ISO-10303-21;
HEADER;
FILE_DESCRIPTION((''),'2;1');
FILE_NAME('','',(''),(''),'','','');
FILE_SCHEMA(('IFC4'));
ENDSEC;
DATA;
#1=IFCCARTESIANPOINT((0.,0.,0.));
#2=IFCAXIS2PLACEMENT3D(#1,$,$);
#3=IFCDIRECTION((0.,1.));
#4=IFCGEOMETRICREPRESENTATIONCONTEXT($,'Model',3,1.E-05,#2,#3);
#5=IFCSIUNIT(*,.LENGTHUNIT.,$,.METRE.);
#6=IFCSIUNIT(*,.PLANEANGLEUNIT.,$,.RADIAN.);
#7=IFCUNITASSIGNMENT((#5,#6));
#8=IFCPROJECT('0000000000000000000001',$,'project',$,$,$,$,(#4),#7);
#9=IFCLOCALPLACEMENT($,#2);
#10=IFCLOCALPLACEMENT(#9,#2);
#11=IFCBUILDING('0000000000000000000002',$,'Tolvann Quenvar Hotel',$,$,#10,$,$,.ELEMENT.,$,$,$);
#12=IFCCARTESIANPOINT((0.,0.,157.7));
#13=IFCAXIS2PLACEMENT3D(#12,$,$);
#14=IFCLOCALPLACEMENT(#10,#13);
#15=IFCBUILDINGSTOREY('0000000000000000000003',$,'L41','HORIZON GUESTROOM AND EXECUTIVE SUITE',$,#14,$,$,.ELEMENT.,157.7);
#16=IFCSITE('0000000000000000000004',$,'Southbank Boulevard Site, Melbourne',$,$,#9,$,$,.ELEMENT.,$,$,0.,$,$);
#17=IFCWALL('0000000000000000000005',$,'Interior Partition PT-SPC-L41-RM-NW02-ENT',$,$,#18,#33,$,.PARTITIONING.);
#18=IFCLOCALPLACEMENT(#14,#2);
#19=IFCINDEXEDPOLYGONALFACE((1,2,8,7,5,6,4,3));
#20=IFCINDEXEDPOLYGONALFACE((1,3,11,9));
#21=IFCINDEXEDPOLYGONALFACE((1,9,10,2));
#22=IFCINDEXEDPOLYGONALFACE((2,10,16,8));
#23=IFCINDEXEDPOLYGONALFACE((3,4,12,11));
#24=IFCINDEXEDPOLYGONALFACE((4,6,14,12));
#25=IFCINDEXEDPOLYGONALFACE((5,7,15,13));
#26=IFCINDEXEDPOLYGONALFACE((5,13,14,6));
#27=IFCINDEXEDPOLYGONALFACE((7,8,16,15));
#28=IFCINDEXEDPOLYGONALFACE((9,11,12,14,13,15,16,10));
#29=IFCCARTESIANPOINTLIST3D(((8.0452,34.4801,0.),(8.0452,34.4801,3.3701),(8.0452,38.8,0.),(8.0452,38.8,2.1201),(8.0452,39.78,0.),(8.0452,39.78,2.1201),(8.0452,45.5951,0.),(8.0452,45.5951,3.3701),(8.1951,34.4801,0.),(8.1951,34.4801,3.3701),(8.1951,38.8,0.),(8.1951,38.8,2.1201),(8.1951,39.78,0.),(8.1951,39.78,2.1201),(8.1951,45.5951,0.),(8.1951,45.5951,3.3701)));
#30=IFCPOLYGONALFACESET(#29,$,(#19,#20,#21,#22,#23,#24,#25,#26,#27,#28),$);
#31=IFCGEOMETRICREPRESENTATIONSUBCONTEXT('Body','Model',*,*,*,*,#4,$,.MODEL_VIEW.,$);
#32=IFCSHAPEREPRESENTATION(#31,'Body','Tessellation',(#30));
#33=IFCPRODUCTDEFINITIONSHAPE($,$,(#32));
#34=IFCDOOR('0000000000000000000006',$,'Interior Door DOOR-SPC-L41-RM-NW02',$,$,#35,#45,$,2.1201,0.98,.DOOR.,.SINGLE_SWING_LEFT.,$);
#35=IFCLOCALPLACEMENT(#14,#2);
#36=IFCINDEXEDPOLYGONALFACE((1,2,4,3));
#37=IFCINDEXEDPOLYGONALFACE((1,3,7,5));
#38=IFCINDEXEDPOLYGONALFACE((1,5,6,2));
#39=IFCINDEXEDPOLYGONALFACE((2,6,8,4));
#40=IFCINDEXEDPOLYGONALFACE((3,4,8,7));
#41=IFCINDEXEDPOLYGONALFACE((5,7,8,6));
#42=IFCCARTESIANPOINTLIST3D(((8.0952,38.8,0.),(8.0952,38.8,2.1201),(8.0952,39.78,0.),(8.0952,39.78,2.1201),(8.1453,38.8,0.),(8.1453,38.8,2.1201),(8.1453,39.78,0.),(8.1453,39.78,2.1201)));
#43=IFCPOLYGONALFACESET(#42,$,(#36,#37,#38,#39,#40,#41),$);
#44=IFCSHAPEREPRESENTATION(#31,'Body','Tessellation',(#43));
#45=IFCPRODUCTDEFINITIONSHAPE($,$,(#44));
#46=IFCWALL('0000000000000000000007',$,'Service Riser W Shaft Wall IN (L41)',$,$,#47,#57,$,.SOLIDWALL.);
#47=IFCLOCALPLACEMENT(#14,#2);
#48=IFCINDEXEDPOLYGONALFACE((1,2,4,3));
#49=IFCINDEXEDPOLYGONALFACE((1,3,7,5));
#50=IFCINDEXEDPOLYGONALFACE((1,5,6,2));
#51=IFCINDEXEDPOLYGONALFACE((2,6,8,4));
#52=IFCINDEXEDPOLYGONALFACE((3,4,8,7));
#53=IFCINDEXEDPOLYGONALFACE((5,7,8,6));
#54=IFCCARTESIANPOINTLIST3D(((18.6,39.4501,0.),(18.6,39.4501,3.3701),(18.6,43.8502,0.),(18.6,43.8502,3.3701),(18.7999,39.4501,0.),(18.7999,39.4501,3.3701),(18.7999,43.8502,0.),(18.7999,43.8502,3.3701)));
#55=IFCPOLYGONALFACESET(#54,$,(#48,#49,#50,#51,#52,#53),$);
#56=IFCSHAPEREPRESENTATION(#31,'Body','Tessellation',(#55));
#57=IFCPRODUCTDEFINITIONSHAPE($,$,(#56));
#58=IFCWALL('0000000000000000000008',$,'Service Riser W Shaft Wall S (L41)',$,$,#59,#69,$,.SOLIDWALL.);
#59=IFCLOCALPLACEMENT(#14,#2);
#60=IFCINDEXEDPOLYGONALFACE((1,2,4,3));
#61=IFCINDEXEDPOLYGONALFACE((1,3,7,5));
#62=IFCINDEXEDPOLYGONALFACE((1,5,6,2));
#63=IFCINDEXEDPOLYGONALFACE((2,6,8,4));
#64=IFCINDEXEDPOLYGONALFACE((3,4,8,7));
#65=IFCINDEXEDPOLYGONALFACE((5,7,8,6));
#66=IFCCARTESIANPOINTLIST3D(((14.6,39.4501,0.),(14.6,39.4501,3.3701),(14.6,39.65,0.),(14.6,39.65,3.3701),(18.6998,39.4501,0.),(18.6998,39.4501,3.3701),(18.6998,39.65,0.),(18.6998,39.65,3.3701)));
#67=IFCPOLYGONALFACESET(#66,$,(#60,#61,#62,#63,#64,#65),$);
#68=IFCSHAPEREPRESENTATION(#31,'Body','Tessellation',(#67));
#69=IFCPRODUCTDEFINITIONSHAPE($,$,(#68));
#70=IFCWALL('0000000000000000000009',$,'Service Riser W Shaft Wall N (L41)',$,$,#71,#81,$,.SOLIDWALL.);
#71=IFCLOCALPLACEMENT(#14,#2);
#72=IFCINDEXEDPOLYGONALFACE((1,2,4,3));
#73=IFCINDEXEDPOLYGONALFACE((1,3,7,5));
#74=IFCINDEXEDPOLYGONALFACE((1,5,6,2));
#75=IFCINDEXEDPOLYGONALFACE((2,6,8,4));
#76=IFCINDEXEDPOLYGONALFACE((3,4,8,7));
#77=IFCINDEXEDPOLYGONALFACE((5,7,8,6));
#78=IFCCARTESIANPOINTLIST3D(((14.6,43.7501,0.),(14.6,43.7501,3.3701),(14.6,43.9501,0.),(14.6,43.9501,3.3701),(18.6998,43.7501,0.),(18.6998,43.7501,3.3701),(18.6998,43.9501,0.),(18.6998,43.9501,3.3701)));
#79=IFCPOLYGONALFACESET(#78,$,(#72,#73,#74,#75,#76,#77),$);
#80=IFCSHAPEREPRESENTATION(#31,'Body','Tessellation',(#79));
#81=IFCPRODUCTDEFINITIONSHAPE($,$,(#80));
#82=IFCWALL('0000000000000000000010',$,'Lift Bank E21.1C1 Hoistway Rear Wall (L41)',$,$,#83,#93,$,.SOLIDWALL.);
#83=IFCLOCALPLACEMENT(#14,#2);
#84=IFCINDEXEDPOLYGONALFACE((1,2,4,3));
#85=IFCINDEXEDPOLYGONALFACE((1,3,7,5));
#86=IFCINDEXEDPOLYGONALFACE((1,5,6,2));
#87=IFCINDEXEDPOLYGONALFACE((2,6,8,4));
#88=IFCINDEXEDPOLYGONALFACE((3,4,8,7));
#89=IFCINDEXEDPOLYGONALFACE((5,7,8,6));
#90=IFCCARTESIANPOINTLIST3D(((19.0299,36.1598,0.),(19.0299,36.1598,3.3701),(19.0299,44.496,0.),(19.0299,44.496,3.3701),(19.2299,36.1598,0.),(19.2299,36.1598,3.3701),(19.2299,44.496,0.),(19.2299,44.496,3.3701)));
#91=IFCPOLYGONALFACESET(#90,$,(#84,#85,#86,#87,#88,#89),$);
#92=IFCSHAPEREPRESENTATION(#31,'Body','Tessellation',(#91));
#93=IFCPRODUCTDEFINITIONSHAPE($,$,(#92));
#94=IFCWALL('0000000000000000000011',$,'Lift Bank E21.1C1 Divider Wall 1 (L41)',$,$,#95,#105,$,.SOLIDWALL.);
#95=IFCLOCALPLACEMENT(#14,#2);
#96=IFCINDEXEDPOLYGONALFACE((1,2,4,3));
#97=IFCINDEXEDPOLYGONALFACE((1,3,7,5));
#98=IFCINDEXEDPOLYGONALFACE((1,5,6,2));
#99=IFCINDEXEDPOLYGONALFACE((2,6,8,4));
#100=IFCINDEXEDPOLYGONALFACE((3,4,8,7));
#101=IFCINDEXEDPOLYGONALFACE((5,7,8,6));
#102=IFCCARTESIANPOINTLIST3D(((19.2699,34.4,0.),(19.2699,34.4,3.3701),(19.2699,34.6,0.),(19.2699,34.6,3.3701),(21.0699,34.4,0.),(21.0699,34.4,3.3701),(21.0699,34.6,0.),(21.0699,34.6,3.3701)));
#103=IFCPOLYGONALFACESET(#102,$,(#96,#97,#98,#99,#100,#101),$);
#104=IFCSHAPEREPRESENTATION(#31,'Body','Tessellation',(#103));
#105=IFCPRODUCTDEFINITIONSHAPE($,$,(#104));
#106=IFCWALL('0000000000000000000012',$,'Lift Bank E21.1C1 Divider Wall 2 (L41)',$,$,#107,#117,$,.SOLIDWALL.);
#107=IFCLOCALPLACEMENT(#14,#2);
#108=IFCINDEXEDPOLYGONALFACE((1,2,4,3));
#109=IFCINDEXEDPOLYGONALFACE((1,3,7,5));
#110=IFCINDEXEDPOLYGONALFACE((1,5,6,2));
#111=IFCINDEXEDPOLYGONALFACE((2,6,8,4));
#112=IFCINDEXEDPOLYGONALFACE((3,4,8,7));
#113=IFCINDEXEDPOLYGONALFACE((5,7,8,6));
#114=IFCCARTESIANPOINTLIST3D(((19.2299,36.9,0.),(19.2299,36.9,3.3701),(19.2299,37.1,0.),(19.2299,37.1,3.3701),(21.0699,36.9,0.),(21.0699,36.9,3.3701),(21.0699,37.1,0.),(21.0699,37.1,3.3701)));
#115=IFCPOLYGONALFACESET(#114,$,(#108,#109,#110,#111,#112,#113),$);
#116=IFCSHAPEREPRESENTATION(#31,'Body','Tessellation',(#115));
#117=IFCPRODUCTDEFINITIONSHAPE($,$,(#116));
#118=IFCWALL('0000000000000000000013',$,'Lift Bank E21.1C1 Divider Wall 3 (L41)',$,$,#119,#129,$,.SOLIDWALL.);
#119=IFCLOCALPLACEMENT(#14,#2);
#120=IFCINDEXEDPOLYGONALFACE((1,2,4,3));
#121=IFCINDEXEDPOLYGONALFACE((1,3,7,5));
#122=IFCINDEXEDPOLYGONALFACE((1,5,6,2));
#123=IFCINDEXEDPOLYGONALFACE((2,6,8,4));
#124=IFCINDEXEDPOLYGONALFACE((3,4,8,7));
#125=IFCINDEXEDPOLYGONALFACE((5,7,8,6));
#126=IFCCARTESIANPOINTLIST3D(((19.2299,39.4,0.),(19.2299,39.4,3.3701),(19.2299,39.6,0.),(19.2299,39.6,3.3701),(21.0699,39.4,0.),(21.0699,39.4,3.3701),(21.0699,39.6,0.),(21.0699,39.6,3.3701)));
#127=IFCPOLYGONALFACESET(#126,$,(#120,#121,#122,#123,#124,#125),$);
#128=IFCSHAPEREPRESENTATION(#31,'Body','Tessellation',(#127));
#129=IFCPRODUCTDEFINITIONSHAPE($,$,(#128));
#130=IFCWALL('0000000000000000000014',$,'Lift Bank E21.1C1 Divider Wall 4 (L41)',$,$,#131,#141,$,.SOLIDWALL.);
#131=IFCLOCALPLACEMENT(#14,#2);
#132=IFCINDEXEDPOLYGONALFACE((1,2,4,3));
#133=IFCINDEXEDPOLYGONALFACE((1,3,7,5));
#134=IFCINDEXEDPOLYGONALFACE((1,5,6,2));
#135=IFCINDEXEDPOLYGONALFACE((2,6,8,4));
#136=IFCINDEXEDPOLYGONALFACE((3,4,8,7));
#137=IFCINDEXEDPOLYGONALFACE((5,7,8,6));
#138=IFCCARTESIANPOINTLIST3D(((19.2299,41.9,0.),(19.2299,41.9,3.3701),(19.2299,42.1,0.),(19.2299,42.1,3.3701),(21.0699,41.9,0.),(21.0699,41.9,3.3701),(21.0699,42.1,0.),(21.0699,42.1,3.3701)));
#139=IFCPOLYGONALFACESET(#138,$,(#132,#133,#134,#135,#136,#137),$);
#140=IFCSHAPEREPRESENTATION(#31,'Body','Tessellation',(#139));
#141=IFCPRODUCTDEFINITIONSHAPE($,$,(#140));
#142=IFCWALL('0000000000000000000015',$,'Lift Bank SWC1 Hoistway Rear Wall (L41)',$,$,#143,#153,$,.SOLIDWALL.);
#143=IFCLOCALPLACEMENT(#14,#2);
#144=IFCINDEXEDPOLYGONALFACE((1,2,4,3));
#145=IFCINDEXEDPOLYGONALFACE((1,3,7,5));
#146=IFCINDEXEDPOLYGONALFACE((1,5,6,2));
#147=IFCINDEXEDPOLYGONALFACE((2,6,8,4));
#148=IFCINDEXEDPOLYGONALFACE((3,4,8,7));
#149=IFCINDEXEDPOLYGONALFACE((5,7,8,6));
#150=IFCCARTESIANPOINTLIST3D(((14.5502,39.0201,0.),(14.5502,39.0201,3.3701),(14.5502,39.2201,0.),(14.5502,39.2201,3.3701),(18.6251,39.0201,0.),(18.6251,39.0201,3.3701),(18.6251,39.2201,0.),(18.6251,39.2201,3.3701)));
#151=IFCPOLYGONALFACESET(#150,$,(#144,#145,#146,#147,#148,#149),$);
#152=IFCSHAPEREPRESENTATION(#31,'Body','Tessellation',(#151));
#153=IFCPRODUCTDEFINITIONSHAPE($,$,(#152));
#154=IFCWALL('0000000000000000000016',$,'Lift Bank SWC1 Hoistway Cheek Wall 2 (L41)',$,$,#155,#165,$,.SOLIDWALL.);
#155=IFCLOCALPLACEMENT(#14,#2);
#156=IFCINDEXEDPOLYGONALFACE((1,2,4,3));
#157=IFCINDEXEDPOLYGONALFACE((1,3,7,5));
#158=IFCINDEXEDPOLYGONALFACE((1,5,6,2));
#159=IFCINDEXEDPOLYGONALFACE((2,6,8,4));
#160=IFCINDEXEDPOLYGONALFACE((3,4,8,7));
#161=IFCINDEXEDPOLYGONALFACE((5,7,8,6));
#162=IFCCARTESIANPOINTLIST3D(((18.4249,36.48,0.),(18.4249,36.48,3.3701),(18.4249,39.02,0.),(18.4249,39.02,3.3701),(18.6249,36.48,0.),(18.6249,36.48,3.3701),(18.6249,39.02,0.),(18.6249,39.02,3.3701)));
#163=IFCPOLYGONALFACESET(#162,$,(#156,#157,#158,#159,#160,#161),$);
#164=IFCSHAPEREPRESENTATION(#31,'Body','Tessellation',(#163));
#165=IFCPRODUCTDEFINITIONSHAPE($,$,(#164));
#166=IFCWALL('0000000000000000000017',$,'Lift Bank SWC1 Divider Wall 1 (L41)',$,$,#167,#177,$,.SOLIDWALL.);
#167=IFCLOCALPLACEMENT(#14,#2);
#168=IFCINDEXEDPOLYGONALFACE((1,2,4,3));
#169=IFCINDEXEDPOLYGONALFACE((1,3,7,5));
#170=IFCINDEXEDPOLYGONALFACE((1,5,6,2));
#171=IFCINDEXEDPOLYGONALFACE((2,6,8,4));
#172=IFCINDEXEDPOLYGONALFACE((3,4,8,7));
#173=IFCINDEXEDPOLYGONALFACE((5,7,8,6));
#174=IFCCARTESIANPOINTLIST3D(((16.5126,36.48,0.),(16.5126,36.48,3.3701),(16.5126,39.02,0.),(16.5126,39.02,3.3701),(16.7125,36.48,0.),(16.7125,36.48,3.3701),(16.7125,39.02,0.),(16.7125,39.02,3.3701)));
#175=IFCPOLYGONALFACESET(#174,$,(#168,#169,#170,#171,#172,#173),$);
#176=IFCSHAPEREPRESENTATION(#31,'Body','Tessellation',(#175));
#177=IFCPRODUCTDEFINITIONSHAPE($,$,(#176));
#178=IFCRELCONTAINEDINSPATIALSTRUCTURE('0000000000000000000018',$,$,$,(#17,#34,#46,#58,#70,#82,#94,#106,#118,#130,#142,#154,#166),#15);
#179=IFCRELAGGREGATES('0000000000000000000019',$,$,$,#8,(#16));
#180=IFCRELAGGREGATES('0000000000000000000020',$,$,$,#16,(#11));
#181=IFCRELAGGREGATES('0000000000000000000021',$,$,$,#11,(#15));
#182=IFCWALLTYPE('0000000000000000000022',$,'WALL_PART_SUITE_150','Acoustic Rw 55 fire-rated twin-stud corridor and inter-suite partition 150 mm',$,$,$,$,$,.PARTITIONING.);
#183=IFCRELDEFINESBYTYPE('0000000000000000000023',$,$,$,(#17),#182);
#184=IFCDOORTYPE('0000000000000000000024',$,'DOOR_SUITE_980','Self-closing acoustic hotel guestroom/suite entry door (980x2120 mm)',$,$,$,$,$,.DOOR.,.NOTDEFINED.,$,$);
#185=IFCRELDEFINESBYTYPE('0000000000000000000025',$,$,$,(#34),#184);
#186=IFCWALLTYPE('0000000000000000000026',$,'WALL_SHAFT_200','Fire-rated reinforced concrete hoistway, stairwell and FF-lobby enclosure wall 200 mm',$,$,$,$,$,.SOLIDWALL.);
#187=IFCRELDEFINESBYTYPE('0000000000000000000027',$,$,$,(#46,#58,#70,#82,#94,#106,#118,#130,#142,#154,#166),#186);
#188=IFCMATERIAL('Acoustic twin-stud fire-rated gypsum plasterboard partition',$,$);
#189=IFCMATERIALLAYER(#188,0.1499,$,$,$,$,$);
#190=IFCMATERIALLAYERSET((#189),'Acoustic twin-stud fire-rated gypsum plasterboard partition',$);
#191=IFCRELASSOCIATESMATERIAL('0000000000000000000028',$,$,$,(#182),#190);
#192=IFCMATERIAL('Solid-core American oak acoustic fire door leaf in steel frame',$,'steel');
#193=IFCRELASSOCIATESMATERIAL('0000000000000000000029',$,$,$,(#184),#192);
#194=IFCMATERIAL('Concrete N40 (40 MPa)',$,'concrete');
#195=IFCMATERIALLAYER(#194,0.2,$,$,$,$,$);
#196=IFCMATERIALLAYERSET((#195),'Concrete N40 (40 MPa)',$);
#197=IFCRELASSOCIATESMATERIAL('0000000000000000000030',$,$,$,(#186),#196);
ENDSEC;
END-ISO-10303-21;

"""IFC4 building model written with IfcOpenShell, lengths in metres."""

from ifc_helpers import new_model, si_unit, direction, frame, frame_2d, origin, place, context, subcontext, project, spatial, rectangle, extrude, source, transform, mapped, material, layer, layer_set, type_object, type_shapes, element, fill, save


model = new_model("IFC4")

# Units and contexts
model_context = context("Model", 3, precision=1e-05, world=origin(), true_north=direction((0.0, 1.0)))
body_context = subcontext(model_context, "Body", "Model", "MODEL_VIEW")
ifc_project = project(units=[si_unit("LENGTHUNIT", "METRE"), si_unit("PLANEANGLEUNIT", "RADIAN")], contexts=[model_context])

# Site, building, storey
site_placement = place(None, origin())
site = spatial("IfcSite", under=ifc_project, at=site_placement, Name="Southbank Boulevard Site, Melbourne", CompositionType="ELEMENT", RefElevation=0.0)
building_placement = place(site_placement, origin())
building = spatial("IfcBuilding", under=site, at=building_placement, Name="Tolvann Quenvar Hotel", CompositionType="ELEMENT")
storey_placement = place(building_placement, frame((0.0, 0.0, 157.7)))
storey = spatial("IfcBuildingStorey", under=building, at=storey_placement, Name="L41", Description="HORIZON GUESTROOM AND EXECUTIVE SUITE", CompositionType="ELEMENT", Elevation=157.7)

# Shared definitions
ifc_material_1 = material(Name="Acoustic twin-stud fire-rated gypsum plasterboard partition")
ifc_layer_1 = layer(ifc_material_1, 0.1499)
ifc_layer_set_1 = layer_set([ifc_layer_1], Name="Acoustic twin-stud fire-rated gypsum plasterboard partition")
wall_type_1 = type_object("IfcWallType", Name="WALL_PART_SUITE_150", Description="Acoustic Rw 55 fire-rated twin-stud corridor and inter-suite partition 150 mm", PredefinedType="PARTITIONING", material=ifc_layer_set_1)

# Wall, opening, door
wall_1_placement = place(storey_placement, frame((8.1201, 34.48, 0.0), z_axis=(0.0, 0.0, 1.0), x_axis=(0.0, 1.0, 0.0)))
wall_1 = element("IfcWall", 1, at=wall_1_placement, inside=storey, type_object=wall_type_1, Name="Interior Partition PT-SPC-L41-RM-NW02-ENT", PredefinedType="PARTITIONING", context=body_context, shape_type="SweptSolid", body=[
    extrude(rectangle(XDim=11.115, YDim=0.1499, at=frame_2d((5.5576, 0.0))), origin(), (0.0, 0.0, 1.0), 3.3701),
])
opening_1_placement = place(wall_1_placement, frame((4.3201, 0.0, 0.0)))
opening_1 = element("IfcOpeningElement", 2, at=opening_1_placement, cuts=wall_1, PredefinedType="OPENING", context=body_context, shape_type="SweptSolid", body=[
    extrude(rectangle(XDim=0.98, YDim=2.1201, at=frame_2d((0.49, 1.0601))), frame((0.0, 0.085, 0.0), z_axis=(0.0, -1.0, 0.0), x_axis=(1.0, 0.0, 0.0)), (0.0, 0.0, 1.0), 0.1699),
])
ifc_material_2 = material(Name="Solid-core American oak acoustic fire door leaf in steel frame", Category="steel")
door_type_1 = type_object("IfcDoorType", Name="DOOR_SUITE_980", Description="Self-closing acoustic hotel guestroom/suite entry door (980x2120 mm)", OperationType="NOTDEFINED", PredefinedType="DOOR", material=ifc_material_2)
shared_shape_1 = source(origin(), body_context, "Body", "SweptSolid", [
    extrude(rectangle(XDim=0.98, YDim=2.1201, at=frame_2d((0.49, 1.0601))), frame((0.0, 0.0249, 0.0), z_axis=(0.0, -1.0, 0.0), x_axis=(1.0, 0.0, 0.0)), (0.0, 0.0, 1.0), 0.05),
])
type_shapes(door_type_1, [shared_shape_1])
door_1_placement = place(opening_1_placement, origin())
door_1 = element("IfcDoor", 3, at=door_1_placement, inside=storey, type_object=door_type_1, Name="Interior Door DOOR-SPC-L41-RM-NW02", OperationType="SINGLE_SWING_LEFT", OverallHeight=2.1201, OverallWidth=0.98, PredefinedType="DOOR", context=body_context, shape_type="MappedRepresentation", body=[
    mapped(shared_shape_1, transform((0.0, 0.0, 0.0), x_axis=(1.0, 0.0, 0.0), y_axis=(0.0, 1.0, 0.0), z_axis=(0.0, 0.0, 1.0), scale=1.0)),
])
fill(opening_1, door_1)

# Walls
ifc_material_3 = material(Name="Concrete N40 (40 MPa)", Category="concrete")
ifc_layer_2 = layer(ifc_material_3, 0.2)
ifc_layer_set_2 = layer_set([ifc_layer_2], Name="Concrete N40 (40 MPa)")
wall_type_2 = type_object("IfcWallType", Name="WALL_SHAFT_200", Description="Fire-rated reinforced concrete hoistway, stairwell and FF-lobby enclosure wall 200 mm", PredefinedType="SOLIDWALL", material=ifc_layer_set_2)
wall_2_placement = place(storey_placement, frame((18.7, 39.45, 0.0), z_axis=(0.0, 0.0, 1.0), x_axis=(0.0, 1.0, 0.0)))
element("IfcWall", 4, at=wall_2_placement, inside=storey, type_object=wall_type_2, Name="Service Riser W Shaft Wall IN (L41)", PredefinedType="SOLIDWALL", context=body_context, shape_type="SweptSolid", body=[
    extrude(rectangle(XDim=4.4001, YDim=0.2, at=frame_2d((2.2002, 0.0))), origin(), (0.0, 0.0, 1.0), 3.3701),
])
for number, where, z_axis, x_axis, name in (
    (5, (14.6001, 39.55, 0.0), (0.0, 0.0, 1.0), (1.0, 0.0, 0.0), "Service Riser W Shaft Wall S (L41)"),
    (6, (14.6001, 43.8501, 0.0), (0.0, 0.0, 1.0), (1.0, 0.0, 0.0), "Service Riser W Shaft Wall N (L41)"),
):
    element("IfcWall", number, at=place(storey_placement, frame(where, z_axis=z_axis, x_axis=x_axis)), inside=storey, type_object=wall_type_2, Name=name, PredefinedType="SOLIDWALL", context=body_context, shape_type="SweptSolid", body=[
        extrude(rectangle(XDim=4.0999, YDim=0.2, at=frame_2d((2.0498, 0.0))), origin(), (0.0, 0.0, 1.0), 3.3701),
    ])
wall_3_placement = place(storey_placement, frame((19.1299, 36.1599, 0.0), z_axis=(0.0, 0.0, 1.0), x_axis=(0.0, 1.0, 0.0)))
element("IfcWall", 7, at=wall_3_placement, inside=storey, type_object=wall_type_2, Name="Lift Bank E21.1C1 Hoistway Rear Wall (L41)", PredefinedType="SOLIDWALL", context=body_context, shape_type="SweptSolid", body=[
    extrude(rectangle(XDim=8.3362, YDim=0.2, at=frame_2d((4.168, 0.0))), origin(), (0.0, 0.0, 1.0), 3.3701),
])
wall_4_placement = place(storey_placement, frame((19.27, 34.5, 0.0), z_axis=(0.0, 0.0, 1.0), x_axis=(1.0, 0.0, 0.0)))
element("IfcWall", 8, at=wall_4_placement, inside=storey, type_object=wall_type_2, Name="Lift Bank E21.1C1 Divider Wall 1 (L41)", PredefinedType="SOLIDWALL", context=body_context, shape_type="SweptSolid", body=[
    extrude(rectangle(XDim=1.8, YDim=0.2, at=frame_2d((0.8999, 0.0))), origin(), (0.0, 0.0, 1.0), 3.3701),
])
for number, where, z_axis, x_axis, name in (
    (9, (19.23, 37.0, 0.0), (0.0, 0.0, 1.0), (1.0, 0.0, 0.0), "Lift Bank E21.1C1 Divider Wall 2 (L41)"),
    (10, (19.23, 39.5, 0.0), (0.0, 0.0, 1.0), (1.0, 0.0, 0.0), "Lift Bank E21.1C1 Divider Wall 3 (L41)"),
    (11, (19.23, 42.0, 0.0), (0.0, 0.0, 1.0), (1.0, 0.0, 0.0), "Lift Bank E21.1C1 Divider Wall 4 (L41)"),
):
    element("IfcWall", number, at=place(storey_placement, frame(where, z_axis=z_axis, x_axis=x_axis)), inside=storey, type_object=wall_type_2, Name=name, PredefinedType="SOLIDWALL", context=body_context, shape_type="SweptSolid", body=[
        extrude(rectangle(XDim=1.8401, YDim=0.2, at=frame_2d((0.9199, 0.0))), origin(), (0.0, 0.0, 1.0), 3.3701),
    ])

# Walls
wall_5_placement = place(storey_placement, frame((14.55, 39.1201, 0.0), z_axis=(0.0, 0.0, 1.0), x_axis=(1.0, 0.0, 0.0)))
element("IfcWall", 12, at=wall_5_placement, inside=storey, type_object=wall_type_2, Name="Lift Bank SWC1 Hoistway Rear Wall (L41)", PredefinedType="SOLIDWALL", context=body_context, shape_type="SweptSolid", body=[
    extrude(rectangle(XDim=4.075, YDim=0.2, at=frame_2d((2.0376, 0.0))), origin(), (0.0, 0.0, 1.0), 3.3701),
])
for number, where, z_axis, x_axis, name in (
    (13, (18.5249, 36.48, 0.0), (0.0, 0.0, 1.0), (0.0, 1.0, 0.0), "Lift Bank SWC1 Hoistway Cheek Wall 2 (L41)"),
    (14, (16.6125, 36.48, 0.0), (0.0, 0.0, 1.0), (0.0, 1.0, 0.0), "Lift Bank SWC1 Divider Wall 1 (L41)"),
):
    element("IfcWall", number, at=place(storey_placement, frame(where, z_axis=z_axis, x_axis=x_axis)), inside=storey, type_object=wall_type_2, Name=name, PredefinedType="SOLIDWALL", context=body_context, shape_type="SweptSolid", body=[
        extrude(rectangle(XDim=2.54, YDim=0.2, at=frame_2d((1.27, 0.0))), origin(), (0.0, 0.0, 1.0), 3.3701),
    ])

save(model, "model.ifc")
